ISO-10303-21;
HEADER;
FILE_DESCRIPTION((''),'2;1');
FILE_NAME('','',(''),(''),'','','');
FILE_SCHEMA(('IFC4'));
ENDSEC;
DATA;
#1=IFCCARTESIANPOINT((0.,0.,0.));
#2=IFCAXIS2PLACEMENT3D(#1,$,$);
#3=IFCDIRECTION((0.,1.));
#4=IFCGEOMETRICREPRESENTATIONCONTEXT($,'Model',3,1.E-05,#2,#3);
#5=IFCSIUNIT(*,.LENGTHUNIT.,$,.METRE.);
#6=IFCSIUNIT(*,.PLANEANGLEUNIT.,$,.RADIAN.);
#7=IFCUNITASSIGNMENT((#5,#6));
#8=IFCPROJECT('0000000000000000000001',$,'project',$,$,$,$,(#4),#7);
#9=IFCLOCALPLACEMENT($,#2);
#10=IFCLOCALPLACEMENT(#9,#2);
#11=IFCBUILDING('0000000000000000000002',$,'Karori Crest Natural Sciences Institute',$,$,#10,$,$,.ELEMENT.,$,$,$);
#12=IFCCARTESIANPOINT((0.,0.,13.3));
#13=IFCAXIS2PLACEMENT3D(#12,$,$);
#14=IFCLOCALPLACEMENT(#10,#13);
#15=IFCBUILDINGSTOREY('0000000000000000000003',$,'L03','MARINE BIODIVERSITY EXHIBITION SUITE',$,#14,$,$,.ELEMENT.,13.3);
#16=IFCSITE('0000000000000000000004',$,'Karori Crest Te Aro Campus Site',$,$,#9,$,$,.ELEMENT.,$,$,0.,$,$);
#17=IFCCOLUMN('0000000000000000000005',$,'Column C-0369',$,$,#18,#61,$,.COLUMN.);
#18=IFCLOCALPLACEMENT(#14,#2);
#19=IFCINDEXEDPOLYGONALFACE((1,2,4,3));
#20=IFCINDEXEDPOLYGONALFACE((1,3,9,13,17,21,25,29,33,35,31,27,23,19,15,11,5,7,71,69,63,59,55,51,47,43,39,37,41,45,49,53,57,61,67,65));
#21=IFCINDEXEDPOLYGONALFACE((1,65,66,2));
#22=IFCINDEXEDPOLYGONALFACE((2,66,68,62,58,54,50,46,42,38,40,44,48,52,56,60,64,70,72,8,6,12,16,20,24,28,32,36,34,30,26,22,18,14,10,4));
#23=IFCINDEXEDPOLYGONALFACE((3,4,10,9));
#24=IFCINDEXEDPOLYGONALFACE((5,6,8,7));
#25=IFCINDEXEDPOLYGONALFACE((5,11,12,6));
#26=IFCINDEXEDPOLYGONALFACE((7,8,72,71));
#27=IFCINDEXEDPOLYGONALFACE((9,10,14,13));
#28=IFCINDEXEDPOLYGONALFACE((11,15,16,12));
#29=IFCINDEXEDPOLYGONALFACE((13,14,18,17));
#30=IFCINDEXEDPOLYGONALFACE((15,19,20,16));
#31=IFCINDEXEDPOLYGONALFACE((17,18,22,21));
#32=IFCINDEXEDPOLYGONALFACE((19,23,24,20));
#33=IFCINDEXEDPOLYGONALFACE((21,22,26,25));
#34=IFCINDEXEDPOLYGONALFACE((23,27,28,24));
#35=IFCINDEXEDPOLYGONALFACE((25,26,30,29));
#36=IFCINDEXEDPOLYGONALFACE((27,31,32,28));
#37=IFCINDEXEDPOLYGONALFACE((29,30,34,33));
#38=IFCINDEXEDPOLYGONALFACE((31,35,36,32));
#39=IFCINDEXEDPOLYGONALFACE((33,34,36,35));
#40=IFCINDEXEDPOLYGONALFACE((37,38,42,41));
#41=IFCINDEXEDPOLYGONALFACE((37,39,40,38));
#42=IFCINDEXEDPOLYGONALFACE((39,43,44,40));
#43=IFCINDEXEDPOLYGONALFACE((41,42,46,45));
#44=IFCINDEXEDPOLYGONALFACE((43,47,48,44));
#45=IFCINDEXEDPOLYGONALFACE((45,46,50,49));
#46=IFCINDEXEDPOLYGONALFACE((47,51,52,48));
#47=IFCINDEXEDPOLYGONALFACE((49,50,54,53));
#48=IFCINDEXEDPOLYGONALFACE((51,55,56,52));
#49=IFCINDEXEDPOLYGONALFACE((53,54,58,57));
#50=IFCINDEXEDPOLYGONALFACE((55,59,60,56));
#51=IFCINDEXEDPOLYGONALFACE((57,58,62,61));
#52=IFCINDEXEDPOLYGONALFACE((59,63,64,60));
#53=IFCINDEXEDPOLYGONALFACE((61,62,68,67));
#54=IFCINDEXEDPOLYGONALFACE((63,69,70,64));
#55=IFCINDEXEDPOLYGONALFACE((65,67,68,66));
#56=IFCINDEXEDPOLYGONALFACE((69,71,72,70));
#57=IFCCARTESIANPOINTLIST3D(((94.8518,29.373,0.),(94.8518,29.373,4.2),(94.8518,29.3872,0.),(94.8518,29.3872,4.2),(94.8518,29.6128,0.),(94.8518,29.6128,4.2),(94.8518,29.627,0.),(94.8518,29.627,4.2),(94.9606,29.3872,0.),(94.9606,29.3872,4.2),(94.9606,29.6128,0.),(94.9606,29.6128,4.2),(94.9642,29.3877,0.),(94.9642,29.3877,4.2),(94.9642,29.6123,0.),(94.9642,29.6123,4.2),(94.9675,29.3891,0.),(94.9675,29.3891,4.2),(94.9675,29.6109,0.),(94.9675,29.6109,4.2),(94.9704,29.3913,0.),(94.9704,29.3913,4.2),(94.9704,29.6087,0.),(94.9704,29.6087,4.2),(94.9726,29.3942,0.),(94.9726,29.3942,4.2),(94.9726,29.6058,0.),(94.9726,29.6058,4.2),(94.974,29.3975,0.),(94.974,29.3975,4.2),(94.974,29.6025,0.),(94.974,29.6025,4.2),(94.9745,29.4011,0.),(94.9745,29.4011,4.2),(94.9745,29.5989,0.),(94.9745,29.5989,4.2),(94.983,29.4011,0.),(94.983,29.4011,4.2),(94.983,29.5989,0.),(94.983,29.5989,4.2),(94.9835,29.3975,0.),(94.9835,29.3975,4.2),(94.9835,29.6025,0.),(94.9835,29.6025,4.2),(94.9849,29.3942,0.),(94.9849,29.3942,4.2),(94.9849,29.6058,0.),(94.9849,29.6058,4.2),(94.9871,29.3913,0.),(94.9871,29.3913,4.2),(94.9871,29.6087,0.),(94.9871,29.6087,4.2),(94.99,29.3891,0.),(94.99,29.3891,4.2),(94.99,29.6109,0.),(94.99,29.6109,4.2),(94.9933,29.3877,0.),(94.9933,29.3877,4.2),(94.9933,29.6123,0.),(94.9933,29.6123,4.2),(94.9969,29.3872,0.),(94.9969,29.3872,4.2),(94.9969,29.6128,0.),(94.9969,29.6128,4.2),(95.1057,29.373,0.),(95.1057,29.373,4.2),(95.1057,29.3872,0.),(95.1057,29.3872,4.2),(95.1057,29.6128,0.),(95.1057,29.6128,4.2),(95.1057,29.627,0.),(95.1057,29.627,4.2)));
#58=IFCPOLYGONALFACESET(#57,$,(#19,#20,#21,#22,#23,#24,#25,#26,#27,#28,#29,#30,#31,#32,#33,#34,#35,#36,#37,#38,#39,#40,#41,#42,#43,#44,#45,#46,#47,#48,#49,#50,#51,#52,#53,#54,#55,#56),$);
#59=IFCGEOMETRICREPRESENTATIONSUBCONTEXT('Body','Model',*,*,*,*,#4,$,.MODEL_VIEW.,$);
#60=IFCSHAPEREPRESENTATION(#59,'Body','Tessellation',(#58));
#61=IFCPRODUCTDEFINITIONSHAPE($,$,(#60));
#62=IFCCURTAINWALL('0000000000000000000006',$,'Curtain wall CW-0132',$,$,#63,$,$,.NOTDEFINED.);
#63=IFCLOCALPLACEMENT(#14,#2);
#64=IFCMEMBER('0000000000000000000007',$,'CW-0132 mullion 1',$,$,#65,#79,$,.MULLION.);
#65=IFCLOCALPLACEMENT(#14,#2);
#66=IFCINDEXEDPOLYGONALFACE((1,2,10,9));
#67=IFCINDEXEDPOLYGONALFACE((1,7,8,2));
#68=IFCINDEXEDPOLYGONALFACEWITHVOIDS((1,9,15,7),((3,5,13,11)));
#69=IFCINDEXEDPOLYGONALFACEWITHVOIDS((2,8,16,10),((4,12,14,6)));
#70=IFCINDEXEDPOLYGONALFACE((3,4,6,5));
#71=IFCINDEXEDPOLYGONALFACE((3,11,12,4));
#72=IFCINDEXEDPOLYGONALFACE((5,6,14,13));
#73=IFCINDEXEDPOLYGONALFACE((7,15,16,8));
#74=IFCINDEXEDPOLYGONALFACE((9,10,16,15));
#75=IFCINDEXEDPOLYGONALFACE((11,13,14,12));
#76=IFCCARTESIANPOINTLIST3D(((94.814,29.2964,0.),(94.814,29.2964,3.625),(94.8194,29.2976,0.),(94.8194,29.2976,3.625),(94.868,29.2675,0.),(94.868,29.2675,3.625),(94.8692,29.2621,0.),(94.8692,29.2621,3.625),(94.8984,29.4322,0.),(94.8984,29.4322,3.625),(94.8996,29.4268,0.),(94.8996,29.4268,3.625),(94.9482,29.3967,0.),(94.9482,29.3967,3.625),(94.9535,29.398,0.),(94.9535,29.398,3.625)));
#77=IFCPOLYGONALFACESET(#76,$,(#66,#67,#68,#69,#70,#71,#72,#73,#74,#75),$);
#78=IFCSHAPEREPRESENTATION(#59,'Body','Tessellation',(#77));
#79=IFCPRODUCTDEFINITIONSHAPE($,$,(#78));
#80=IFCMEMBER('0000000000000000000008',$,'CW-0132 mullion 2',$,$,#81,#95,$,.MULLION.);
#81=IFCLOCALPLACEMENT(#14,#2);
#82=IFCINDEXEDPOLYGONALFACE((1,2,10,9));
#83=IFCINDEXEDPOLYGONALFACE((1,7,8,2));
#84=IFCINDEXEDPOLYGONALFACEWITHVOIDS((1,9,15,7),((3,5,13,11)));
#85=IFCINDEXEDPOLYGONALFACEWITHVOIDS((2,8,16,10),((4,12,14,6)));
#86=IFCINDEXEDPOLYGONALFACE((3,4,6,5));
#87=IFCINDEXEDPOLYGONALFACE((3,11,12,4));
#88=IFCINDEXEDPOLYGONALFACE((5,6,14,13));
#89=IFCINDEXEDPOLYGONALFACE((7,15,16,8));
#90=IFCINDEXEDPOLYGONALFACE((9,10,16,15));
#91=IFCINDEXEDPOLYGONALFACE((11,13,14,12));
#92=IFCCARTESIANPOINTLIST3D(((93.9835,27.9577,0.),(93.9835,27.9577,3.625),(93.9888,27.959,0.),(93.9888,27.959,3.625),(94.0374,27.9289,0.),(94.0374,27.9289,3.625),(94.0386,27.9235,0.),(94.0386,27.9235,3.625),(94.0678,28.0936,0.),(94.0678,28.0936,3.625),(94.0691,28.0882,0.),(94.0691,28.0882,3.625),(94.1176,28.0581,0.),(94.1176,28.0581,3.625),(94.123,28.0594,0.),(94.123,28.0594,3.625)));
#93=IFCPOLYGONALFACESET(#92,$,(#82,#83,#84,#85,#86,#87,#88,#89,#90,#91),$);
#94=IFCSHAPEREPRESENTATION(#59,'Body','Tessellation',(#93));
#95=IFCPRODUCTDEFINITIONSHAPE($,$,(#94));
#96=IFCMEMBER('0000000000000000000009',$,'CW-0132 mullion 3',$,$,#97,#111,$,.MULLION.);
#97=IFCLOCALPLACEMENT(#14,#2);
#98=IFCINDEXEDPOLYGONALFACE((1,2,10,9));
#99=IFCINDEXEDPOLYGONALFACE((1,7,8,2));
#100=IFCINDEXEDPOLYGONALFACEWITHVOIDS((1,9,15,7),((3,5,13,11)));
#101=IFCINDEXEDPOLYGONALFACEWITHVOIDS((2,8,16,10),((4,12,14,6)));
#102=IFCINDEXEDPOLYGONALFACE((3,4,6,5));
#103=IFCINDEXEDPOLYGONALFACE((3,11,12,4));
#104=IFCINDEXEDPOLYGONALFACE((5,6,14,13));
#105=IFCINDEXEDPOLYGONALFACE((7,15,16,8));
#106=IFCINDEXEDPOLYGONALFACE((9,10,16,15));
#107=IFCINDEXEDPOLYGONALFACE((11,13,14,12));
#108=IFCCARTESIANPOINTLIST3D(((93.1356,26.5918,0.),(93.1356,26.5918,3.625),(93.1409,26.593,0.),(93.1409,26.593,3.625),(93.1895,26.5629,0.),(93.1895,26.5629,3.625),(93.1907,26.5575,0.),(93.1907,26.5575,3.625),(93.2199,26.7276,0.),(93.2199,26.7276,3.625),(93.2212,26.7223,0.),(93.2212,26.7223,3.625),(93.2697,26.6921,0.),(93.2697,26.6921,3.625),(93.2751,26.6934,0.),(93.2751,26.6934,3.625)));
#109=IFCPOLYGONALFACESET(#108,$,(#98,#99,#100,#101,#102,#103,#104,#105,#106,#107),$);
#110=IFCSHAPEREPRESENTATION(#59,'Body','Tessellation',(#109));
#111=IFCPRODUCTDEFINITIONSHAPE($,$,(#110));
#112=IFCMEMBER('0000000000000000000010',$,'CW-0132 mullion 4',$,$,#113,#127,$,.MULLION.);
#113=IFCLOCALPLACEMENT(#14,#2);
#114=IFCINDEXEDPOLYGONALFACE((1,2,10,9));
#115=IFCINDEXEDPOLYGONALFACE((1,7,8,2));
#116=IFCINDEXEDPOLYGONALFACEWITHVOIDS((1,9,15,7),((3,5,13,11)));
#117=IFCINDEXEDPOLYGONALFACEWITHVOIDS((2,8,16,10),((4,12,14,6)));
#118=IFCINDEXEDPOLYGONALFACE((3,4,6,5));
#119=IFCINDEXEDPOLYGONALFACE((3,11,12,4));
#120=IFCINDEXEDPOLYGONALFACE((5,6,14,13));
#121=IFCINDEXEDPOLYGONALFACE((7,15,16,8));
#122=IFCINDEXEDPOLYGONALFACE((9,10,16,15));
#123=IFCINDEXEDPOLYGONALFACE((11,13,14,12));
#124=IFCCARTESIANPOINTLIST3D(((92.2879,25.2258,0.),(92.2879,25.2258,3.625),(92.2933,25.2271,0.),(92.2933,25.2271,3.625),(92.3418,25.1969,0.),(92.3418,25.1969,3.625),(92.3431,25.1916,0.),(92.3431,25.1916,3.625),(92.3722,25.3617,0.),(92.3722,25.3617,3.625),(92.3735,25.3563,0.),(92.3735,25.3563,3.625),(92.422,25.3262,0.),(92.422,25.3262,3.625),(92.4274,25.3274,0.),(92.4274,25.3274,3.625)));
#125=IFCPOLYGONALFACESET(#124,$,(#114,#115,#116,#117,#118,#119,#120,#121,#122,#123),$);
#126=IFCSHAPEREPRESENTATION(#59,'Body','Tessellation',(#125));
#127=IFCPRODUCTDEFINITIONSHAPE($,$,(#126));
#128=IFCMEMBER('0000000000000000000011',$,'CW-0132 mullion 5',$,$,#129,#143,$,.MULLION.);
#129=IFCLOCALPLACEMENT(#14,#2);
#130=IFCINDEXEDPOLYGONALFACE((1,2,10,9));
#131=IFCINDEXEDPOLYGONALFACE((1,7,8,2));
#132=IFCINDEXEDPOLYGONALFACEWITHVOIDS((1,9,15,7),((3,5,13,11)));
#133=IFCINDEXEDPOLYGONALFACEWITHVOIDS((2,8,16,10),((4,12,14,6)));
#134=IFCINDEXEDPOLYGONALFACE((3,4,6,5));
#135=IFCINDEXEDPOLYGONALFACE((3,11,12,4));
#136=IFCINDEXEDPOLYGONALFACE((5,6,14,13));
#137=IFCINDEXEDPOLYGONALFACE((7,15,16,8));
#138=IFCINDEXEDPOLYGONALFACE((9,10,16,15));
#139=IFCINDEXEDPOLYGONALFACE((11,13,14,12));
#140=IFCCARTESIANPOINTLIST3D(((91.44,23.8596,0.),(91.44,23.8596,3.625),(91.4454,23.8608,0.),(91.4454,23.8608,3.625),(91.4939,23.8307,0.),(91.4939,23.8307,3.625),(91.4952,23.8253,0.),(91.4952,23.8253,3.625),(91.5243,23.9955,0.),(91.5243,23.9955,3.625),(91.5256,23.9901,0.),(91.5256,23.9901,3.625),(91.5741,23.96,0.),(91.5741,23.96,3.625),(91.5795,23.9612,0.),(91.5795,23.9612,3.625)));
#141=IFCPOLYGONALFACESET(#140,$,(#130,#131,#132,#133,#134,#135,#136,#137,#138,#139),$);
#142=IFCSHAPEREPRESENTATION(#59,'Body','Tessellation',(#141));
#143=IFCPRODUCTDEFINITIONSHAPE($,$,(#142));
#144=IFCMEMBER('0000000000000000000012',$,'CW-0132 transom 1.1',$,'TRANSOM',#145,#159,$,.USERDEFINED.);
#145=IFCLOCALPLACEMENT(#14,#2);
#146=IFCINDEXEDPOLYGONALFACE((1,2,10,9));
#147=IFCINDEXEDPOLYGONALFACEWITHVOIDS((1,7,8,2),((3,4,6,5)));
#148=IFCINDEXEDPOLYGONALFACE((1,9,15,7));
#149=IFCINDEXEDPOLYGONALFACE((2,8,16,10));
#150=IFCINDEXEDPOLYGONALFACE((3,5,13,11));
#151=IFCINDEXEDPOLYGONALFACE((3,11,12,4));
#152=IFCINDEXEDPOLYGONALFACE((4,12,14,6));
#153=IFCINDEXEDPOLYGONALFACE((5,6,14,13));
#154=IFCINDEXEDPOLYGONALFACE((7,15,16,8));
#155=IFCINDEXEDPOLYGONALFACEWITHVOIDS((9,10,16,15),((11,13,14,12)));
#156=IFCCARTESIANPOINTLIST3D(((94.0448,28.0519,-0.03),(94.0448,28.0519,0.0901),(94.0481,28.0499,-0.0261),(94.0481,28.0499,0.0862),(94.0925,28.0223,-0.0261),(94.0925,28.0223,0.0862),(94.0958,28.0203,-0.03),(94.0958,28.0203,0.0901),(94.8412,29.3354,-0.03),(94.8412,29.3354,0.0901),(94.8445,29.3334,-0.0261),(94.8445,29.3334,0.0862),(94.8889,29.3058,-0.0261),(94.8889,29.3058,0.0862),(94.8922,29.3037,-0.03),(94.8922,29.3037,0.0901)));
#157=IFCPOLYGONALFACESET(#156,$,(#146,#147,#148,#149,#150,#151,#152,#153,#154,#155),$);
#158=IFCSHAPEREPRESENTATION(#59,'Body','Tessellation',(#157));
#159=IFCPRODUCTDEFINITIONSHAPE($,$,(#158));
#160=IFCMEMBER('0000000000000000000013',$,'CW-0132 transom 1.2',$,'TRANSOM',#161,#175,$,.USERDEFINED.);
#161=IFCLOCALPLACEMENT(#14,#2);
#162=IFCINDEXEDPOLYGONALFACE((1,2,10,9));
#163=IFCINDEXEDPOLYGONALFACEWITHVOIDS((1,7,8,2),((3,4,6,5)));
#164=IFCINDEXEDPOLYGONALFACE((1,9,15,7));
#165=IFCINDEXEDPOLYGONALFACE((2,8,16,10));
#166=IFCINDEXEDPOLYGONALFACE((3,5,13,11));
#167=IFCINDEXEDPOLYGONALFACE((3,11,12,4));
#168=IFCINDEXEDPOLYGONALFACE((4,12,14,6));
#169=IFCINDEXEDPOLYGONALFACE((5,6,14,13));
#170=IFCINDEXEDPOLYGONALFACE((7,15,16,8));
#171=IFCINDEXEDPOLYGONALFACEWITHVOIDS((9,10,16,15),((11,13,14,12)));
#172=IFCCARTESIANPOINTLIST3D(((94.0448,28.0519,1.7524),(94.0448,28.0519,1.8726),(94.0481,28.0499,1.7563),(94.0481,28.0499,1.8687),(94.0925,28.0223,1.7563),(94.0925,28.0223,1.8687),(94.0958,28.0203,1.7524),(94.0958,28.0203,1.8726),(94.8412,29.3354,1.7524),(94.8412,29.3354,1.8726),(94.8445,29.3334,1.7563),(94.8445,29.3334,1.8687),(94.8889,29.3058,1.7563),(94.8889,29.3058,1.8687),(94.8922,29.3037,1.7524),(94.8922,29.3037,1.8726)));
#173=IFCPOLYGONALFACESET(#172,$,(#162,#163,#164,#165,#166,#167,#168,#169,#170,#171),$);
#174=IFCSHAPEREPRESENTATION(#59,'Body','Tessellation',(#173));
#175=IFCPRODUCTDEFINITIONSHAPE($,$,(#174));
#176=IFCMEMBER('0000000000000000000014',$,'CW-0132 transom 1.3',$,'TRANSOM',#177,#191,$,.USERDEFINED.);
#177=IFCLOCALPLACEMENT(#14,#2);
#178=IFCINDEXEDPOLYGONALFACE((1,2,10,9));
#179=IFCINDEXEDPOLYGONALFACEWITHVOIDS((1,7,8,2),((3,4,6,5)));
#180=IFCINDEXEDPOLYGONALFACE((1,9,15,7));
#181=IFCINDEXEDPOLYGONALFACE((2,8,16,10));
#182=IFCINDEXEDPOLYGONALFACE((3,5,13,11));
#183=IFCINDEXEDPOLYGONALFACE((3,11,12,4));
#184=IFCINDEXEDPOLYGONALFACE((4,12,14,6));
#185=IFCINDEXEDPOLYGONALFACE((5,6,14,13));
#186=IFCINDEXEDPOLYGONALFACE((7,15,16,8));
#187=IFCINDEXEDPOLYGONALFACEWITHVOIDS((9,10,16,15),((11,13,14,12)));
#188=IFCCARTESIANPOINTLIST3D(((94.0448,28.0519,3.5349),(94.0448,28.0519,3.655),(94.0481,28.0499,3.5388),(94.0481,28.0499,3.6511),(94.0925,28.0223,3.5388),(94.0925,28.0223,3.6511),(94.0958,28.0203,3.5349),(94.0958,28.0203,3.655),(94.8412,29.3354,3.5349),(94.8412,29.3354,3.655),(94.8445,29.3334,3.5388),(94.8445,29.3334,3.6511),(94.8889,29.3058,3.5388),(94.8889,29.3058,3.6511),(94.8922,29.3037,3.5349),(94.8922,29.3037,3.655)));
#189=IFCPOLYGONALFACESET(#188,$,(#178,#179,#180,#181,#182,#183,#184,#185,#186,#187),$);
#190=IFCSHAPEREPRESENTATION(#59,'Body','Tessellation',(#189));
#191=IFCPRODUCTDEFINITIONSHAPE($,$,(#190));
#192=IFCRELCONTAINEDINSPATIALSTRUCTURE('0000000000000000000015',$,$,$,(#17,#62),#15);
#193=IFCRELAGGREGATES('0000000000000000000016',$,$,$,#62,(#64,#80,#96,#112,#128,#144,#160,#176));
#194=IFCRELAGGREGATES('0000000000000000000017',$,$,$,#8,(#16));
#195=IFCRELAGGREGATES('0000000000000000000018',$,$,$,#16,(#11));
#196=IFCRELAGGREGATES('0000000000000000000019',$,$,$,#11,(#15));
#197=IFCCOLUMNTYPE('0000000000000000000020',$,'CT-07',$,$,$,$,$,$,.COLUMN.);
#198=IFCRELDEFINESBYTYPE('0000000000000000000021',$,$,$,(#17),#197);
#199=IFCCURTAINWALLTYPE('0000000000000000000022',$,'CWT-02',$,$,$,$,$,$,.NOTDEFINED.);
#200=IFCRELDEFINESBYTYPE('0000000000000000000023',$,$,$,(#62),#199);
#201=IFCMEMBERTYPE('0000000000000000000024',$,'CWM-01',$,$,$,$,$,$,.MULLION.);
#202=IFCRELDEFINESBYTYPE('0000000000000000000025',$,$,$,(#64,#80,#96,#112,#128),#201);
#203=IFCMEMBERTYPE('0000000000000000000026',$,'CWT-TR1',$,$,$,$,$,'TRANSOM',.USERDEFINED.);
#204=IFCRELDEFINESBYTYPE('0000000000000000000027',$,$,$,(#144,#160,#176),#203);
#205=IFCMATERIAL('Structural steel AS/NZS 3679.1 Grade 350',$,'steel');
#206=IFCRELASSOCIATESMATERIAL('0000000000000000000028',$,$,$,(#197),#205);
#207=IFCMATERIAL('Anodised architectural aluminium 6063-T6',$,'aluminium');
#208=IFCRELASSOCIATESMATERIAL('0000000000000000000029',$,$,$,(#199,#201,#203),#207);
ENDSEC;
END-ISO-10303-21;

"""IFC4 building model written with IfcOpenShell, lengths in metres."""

from ifc_helpers import new_model, si_unit, direction, frame, origin, origin_2d, place, context, subcontext, project, spatial, hollow_rectangle, i_section, extrude, material, material_profile, profile_set, type_object, element, aggregate, save


model = new_model("IFC4")

# Units and contexts
model_context = context("Model", 3, precision=1e-05, world=origin(), true_north=direction((0.0, 1.0)))
body_context = subcontext(model_context, "Body", "Model", "MODEL_VIEW")
ifc_project = project(units=[si_unit("LENGTHUNIT", "METRE"), si_unit("PLANEANGLEUNIT", "RADIAN")], contexts=[model_context])

# Site, building, storey
site_placement = place(None, origin())
site = spatial("IfcSite", under=ifc_project, at=site_placement, Name="Karori Crest Te Aro Campus Site", CompositionType="ELEMENT", RefElevation=0.0)
building_placement = place(site_placement, origin())
building = spatial("IfcBuilding", under=site, at=building_placement, Name="Karori Crest Natural Sciences Institute", CompositionType="ELEMENT")
storey_placement = place(building_placement, frame((0.0, 0.0, 13.3)))
storey = spatial("IfcBuildingStorey", under=building, at=storey_placement, Name="L03", Description="MARINE BIODIVERSITY EXHIBITION SUITE", CompositionType="ELEMENT", Elevation=13.3)

# Column
ifc_material_1 = material(Name="Structural steel AS/NZS 3679.1 Grade 350", Category="steel")
ifc_material_profile_1 = material_profile(ifc_material_1, i_section(OverallWidth=0.2539, OverallDepth=0.2539, WebThickness=0.0085, FlangeThickness=0.0142, FilletRadius=0.0139, at=origin_2d()), Name="250UC72.9")
ifc_profile_set_1 = profile_set([ifc_material_profile_1], Name="Structural steel AS/NZS 3679.1 Grade 350")
column_type = type_object("IfcColumnType", Name="CT-07", PredefinedType="COLUMN", material=ifc_profile_set_1)
column_placement = place(storey_placement, frame((94.9788, 29.5, 0.0), z_axis=(0.0, 0.0, 1.0), x_axis=(1.0, 0.0, 0.0)))
element("IfcColumn", 1, at=column_placement, inside=storey, type_object=column_type, Name="Column C-0369", PredefinedType="COLUMN", context=body_context, shape_type="SweptSolid", body=[
    extrude(i_section(OverallWidth=0.2539, OverallDepth=0.2539, WebThickness=0.0085, FlangeThickness=0.0142, FilletRadius=0.0139, at=origin_2d()), origin(), (0.0, 0.0, 1.0), 4.2),
])

# Curtain wall, members
ifc_material_2 = material(Name="Anodised architectural aluminium 6063-T6", Category="aluminium")
curtain_wall_type = type_object("IfcCurtainWallType", Name="CWT-02", PredefinedType="NOTDEFINED", material=ifc_material_2)
curtain_wall_placement = place(storey_placement, origin())
curtain_wall = element("IfcCurtainWall", 2, at=curtain_wall_placement, inside=storey, type_object=curtain_wall_type, Name="Curtain wall CW-0132", PredefinedType="NOTDEFINED")
ifc_material_profile_2 = material_profile(ifc_material_2, hollow_rectangle(XDim=0.0649, YDim=0.1599, WallThickness=0.0039, at=origin_2d()), Name="CWM160x65x4")
ifc_profile_set_2 = profile_set([ifc_material_profile_2], Name="Anodised architectural aluminium 6063-T6")
member_type_1 = type_object("IfcMemberType", Name="CWM-01", PredefinedType="MULLION", material=ifc_profile_set_2)
member_1_placement = place(storey_placement, frame((94.8838, 29.3472, 0.0), z_axis=(0.0, 0.0, 1.0), x_axis=(0.849664, -0.527324, 0.0)))
member_1 = element("IfcMember", 3, at=member_1_placement, type_object=member_type_1, Name="CW-0132 mullion 1", PredefinedType="MULLION", context=body_context, shape_type="SweptSolid", body=[
    extrude(hollow_rectangle(XDim=0.0649, YDim=0.1599, WallThickness=0.0039, at=origin_2d()), origin(), (0.0, 0.0, 1.0), 3.625),
])
member_2_placement = place(storey_placement, frame((94.0532, 28.0085, 0.0), z_axis=(0.0, 0.0, 1.0), x_axis=(0.849664, -0.527324, 0.0)))
member_2 = element("IfcMember", 4, at=member_2_placement, type_object=member_type_1, Name="CW-0132 mullion 2", PredefinedType="MULLION", context=body_context, shape_type="SweptSolid", body=[
    extrude(hollow_rectangle(XDim=0.0649, YDim=0.1599, WallThickness=0.0039, at=origin_2d()), origin(), (0.0, 0.0, 1.0), 3.625),
])
member_3_placement = place(storey_placement, frame((93.2053, 26.6426, 0.0), z_axis=(0.0, 0.0, 1.0), x_axis=(0.849664, -0.527324, 0.0)))
member_3 = element("IfcMember", 5, at=member_3_placement, type_object=member_type_1, Name="CW-0132 mullion 3", PredefinedType="MULLION", context=body_context, shape_type="SweptSolid", body=[
    extrude(hollow_rectangle(XDim=0.0649, YDim=0.1599, WallThickness=0.0039, at=origin_2d()), origin(), (0.0, 0.0, 1.0), 3.625),
])
member_4_placement = place(storey_placement, frame((92.3577, 25.2766, 0.0), z_axis=(0.0, 0.0, 1.0), x_axis=(0.849664, -0.527324, 0.0)))
member_4 = element("IfcMember", 6, at=member_4_placement, type_object=member_type_1, Name="CW-0132 mullion 4", PredefinedType="MULLION", context=body_context, shape_type="SweptSolid", body=[
    extrude(hollow_rectangle(XDim=0.0649, YDim=0.1599, WallThickness=0.0039, at=origin_2d()), origin(), (0.0, 0.0, 1.0), 3.625),
])
member_5_placement = place(storey_placement, frame((91.5098, 23.9104, 0.0), z_axis=(0.0, 0.0, 1.0), x_axis=(0.849664, -0.527324, 0.0)))
member_5 = element("IfcMember", 7, at=member_5_placement, type_object=member_type_1, Name="CW-0132 mullion 5", PredefinedType="MULLION", context=body_context, shape_type="SweptSolid", body=[
    extrude(hollow_rectangle(XDim=0.0649, YDim=0.1599, WallThickness=0.0039, at=origin_2d()), origin(), (0.0, 0.0, 1.0), 3.625),
])
ifc_material_profile_3 = material_profile(ifc_material_2, hollow_rectangle(XDim=0.0601, YDim=0.1201, WallThickness=0.0039, at=origin_2d()), Name="CWT120x60x4")
ifc_profile_set_3 = profile_set([ifc_material_profile_3], Name="Anodised architectural aluminium 6063-T6")
member_type_2 = type_object("IfcMemberType", Name="CWT-TR1", ElementType="TRANSOM", PredefinedType="USERDEFINED", material=ifc_profile_set_3)
member_6_placement = place(storey_placement, frame((94.8667, 29.3196, 0.03), z_axis=(-0.52725, -0.84971, 0.0), x_axis=(0.84971, -0.52725, 0.0)))
member_6 = element("IfcMember", 8, at=member_6_placement, type_object=member_type_2, Name="CW-0132 transom 1.1", ObjectType="TRANSOM", PredefinedType="USERDEFINED", context=body_context, shape_type="SweptSolid", body=[
    extrude(hollow_rectangle(XDim=0.0601, YDim=0.1201, WallThickness=0.0039, at=origin_2d()), origin(), (0.0, 0.0, 1.0), 1.5105),
])
member_7_placement = place(storey_placement, frame((94.8667, 29.3196, 1.8125), z_axis=(-0.52725, -0.84971, 0.0), x_axis=(0.84971, -0.52725, 0.0)))
member_7 = element("IfcMember", 9, at=member_7_placement, type_object=member_type_2, Name="CW-0132 transom 1.2", ObjectType="TRANSOM", PredefinedType="USERDEFINED", context=body_context, shape_type="SweptSolid", body=[
    extrude(hollow_rectangle(XDim=0.0601, YDim=0.1201, WallThickness=0.0039, at=origin_2d()), origin(), (0.0, 0.0, 1.0), 1.5105),
])
member_8_placement = place(storey_placement, frame((94.8667, 29.3196, 3.595), z_axis=(-0.52725, -0.84971, 0.0), x_axis=(0.84971, -0.52725, 0.0)))
member_8 = element("IfcMember", 10, at=member_8_placement, type_object=member_type_2, Name="CW-0132 transom 1.3", ObjectType="TRANSOM", PredefinedType="USERDEFINED", context=body_context, shape_type="SweptSolid", body=[
    extrude(hollow_rectangle(XDim=0.0601, YDim=0.1201, WallThickness=0.0039, at=origin_2d()), origin(), (0.0, 0.0, 1.0), 1.5105),
])
aggregate(curtain_wall, [member_1, member_2, member_3, member_4, member_5, member_6, member_7, member_8])

save(model, "model.ifc")
